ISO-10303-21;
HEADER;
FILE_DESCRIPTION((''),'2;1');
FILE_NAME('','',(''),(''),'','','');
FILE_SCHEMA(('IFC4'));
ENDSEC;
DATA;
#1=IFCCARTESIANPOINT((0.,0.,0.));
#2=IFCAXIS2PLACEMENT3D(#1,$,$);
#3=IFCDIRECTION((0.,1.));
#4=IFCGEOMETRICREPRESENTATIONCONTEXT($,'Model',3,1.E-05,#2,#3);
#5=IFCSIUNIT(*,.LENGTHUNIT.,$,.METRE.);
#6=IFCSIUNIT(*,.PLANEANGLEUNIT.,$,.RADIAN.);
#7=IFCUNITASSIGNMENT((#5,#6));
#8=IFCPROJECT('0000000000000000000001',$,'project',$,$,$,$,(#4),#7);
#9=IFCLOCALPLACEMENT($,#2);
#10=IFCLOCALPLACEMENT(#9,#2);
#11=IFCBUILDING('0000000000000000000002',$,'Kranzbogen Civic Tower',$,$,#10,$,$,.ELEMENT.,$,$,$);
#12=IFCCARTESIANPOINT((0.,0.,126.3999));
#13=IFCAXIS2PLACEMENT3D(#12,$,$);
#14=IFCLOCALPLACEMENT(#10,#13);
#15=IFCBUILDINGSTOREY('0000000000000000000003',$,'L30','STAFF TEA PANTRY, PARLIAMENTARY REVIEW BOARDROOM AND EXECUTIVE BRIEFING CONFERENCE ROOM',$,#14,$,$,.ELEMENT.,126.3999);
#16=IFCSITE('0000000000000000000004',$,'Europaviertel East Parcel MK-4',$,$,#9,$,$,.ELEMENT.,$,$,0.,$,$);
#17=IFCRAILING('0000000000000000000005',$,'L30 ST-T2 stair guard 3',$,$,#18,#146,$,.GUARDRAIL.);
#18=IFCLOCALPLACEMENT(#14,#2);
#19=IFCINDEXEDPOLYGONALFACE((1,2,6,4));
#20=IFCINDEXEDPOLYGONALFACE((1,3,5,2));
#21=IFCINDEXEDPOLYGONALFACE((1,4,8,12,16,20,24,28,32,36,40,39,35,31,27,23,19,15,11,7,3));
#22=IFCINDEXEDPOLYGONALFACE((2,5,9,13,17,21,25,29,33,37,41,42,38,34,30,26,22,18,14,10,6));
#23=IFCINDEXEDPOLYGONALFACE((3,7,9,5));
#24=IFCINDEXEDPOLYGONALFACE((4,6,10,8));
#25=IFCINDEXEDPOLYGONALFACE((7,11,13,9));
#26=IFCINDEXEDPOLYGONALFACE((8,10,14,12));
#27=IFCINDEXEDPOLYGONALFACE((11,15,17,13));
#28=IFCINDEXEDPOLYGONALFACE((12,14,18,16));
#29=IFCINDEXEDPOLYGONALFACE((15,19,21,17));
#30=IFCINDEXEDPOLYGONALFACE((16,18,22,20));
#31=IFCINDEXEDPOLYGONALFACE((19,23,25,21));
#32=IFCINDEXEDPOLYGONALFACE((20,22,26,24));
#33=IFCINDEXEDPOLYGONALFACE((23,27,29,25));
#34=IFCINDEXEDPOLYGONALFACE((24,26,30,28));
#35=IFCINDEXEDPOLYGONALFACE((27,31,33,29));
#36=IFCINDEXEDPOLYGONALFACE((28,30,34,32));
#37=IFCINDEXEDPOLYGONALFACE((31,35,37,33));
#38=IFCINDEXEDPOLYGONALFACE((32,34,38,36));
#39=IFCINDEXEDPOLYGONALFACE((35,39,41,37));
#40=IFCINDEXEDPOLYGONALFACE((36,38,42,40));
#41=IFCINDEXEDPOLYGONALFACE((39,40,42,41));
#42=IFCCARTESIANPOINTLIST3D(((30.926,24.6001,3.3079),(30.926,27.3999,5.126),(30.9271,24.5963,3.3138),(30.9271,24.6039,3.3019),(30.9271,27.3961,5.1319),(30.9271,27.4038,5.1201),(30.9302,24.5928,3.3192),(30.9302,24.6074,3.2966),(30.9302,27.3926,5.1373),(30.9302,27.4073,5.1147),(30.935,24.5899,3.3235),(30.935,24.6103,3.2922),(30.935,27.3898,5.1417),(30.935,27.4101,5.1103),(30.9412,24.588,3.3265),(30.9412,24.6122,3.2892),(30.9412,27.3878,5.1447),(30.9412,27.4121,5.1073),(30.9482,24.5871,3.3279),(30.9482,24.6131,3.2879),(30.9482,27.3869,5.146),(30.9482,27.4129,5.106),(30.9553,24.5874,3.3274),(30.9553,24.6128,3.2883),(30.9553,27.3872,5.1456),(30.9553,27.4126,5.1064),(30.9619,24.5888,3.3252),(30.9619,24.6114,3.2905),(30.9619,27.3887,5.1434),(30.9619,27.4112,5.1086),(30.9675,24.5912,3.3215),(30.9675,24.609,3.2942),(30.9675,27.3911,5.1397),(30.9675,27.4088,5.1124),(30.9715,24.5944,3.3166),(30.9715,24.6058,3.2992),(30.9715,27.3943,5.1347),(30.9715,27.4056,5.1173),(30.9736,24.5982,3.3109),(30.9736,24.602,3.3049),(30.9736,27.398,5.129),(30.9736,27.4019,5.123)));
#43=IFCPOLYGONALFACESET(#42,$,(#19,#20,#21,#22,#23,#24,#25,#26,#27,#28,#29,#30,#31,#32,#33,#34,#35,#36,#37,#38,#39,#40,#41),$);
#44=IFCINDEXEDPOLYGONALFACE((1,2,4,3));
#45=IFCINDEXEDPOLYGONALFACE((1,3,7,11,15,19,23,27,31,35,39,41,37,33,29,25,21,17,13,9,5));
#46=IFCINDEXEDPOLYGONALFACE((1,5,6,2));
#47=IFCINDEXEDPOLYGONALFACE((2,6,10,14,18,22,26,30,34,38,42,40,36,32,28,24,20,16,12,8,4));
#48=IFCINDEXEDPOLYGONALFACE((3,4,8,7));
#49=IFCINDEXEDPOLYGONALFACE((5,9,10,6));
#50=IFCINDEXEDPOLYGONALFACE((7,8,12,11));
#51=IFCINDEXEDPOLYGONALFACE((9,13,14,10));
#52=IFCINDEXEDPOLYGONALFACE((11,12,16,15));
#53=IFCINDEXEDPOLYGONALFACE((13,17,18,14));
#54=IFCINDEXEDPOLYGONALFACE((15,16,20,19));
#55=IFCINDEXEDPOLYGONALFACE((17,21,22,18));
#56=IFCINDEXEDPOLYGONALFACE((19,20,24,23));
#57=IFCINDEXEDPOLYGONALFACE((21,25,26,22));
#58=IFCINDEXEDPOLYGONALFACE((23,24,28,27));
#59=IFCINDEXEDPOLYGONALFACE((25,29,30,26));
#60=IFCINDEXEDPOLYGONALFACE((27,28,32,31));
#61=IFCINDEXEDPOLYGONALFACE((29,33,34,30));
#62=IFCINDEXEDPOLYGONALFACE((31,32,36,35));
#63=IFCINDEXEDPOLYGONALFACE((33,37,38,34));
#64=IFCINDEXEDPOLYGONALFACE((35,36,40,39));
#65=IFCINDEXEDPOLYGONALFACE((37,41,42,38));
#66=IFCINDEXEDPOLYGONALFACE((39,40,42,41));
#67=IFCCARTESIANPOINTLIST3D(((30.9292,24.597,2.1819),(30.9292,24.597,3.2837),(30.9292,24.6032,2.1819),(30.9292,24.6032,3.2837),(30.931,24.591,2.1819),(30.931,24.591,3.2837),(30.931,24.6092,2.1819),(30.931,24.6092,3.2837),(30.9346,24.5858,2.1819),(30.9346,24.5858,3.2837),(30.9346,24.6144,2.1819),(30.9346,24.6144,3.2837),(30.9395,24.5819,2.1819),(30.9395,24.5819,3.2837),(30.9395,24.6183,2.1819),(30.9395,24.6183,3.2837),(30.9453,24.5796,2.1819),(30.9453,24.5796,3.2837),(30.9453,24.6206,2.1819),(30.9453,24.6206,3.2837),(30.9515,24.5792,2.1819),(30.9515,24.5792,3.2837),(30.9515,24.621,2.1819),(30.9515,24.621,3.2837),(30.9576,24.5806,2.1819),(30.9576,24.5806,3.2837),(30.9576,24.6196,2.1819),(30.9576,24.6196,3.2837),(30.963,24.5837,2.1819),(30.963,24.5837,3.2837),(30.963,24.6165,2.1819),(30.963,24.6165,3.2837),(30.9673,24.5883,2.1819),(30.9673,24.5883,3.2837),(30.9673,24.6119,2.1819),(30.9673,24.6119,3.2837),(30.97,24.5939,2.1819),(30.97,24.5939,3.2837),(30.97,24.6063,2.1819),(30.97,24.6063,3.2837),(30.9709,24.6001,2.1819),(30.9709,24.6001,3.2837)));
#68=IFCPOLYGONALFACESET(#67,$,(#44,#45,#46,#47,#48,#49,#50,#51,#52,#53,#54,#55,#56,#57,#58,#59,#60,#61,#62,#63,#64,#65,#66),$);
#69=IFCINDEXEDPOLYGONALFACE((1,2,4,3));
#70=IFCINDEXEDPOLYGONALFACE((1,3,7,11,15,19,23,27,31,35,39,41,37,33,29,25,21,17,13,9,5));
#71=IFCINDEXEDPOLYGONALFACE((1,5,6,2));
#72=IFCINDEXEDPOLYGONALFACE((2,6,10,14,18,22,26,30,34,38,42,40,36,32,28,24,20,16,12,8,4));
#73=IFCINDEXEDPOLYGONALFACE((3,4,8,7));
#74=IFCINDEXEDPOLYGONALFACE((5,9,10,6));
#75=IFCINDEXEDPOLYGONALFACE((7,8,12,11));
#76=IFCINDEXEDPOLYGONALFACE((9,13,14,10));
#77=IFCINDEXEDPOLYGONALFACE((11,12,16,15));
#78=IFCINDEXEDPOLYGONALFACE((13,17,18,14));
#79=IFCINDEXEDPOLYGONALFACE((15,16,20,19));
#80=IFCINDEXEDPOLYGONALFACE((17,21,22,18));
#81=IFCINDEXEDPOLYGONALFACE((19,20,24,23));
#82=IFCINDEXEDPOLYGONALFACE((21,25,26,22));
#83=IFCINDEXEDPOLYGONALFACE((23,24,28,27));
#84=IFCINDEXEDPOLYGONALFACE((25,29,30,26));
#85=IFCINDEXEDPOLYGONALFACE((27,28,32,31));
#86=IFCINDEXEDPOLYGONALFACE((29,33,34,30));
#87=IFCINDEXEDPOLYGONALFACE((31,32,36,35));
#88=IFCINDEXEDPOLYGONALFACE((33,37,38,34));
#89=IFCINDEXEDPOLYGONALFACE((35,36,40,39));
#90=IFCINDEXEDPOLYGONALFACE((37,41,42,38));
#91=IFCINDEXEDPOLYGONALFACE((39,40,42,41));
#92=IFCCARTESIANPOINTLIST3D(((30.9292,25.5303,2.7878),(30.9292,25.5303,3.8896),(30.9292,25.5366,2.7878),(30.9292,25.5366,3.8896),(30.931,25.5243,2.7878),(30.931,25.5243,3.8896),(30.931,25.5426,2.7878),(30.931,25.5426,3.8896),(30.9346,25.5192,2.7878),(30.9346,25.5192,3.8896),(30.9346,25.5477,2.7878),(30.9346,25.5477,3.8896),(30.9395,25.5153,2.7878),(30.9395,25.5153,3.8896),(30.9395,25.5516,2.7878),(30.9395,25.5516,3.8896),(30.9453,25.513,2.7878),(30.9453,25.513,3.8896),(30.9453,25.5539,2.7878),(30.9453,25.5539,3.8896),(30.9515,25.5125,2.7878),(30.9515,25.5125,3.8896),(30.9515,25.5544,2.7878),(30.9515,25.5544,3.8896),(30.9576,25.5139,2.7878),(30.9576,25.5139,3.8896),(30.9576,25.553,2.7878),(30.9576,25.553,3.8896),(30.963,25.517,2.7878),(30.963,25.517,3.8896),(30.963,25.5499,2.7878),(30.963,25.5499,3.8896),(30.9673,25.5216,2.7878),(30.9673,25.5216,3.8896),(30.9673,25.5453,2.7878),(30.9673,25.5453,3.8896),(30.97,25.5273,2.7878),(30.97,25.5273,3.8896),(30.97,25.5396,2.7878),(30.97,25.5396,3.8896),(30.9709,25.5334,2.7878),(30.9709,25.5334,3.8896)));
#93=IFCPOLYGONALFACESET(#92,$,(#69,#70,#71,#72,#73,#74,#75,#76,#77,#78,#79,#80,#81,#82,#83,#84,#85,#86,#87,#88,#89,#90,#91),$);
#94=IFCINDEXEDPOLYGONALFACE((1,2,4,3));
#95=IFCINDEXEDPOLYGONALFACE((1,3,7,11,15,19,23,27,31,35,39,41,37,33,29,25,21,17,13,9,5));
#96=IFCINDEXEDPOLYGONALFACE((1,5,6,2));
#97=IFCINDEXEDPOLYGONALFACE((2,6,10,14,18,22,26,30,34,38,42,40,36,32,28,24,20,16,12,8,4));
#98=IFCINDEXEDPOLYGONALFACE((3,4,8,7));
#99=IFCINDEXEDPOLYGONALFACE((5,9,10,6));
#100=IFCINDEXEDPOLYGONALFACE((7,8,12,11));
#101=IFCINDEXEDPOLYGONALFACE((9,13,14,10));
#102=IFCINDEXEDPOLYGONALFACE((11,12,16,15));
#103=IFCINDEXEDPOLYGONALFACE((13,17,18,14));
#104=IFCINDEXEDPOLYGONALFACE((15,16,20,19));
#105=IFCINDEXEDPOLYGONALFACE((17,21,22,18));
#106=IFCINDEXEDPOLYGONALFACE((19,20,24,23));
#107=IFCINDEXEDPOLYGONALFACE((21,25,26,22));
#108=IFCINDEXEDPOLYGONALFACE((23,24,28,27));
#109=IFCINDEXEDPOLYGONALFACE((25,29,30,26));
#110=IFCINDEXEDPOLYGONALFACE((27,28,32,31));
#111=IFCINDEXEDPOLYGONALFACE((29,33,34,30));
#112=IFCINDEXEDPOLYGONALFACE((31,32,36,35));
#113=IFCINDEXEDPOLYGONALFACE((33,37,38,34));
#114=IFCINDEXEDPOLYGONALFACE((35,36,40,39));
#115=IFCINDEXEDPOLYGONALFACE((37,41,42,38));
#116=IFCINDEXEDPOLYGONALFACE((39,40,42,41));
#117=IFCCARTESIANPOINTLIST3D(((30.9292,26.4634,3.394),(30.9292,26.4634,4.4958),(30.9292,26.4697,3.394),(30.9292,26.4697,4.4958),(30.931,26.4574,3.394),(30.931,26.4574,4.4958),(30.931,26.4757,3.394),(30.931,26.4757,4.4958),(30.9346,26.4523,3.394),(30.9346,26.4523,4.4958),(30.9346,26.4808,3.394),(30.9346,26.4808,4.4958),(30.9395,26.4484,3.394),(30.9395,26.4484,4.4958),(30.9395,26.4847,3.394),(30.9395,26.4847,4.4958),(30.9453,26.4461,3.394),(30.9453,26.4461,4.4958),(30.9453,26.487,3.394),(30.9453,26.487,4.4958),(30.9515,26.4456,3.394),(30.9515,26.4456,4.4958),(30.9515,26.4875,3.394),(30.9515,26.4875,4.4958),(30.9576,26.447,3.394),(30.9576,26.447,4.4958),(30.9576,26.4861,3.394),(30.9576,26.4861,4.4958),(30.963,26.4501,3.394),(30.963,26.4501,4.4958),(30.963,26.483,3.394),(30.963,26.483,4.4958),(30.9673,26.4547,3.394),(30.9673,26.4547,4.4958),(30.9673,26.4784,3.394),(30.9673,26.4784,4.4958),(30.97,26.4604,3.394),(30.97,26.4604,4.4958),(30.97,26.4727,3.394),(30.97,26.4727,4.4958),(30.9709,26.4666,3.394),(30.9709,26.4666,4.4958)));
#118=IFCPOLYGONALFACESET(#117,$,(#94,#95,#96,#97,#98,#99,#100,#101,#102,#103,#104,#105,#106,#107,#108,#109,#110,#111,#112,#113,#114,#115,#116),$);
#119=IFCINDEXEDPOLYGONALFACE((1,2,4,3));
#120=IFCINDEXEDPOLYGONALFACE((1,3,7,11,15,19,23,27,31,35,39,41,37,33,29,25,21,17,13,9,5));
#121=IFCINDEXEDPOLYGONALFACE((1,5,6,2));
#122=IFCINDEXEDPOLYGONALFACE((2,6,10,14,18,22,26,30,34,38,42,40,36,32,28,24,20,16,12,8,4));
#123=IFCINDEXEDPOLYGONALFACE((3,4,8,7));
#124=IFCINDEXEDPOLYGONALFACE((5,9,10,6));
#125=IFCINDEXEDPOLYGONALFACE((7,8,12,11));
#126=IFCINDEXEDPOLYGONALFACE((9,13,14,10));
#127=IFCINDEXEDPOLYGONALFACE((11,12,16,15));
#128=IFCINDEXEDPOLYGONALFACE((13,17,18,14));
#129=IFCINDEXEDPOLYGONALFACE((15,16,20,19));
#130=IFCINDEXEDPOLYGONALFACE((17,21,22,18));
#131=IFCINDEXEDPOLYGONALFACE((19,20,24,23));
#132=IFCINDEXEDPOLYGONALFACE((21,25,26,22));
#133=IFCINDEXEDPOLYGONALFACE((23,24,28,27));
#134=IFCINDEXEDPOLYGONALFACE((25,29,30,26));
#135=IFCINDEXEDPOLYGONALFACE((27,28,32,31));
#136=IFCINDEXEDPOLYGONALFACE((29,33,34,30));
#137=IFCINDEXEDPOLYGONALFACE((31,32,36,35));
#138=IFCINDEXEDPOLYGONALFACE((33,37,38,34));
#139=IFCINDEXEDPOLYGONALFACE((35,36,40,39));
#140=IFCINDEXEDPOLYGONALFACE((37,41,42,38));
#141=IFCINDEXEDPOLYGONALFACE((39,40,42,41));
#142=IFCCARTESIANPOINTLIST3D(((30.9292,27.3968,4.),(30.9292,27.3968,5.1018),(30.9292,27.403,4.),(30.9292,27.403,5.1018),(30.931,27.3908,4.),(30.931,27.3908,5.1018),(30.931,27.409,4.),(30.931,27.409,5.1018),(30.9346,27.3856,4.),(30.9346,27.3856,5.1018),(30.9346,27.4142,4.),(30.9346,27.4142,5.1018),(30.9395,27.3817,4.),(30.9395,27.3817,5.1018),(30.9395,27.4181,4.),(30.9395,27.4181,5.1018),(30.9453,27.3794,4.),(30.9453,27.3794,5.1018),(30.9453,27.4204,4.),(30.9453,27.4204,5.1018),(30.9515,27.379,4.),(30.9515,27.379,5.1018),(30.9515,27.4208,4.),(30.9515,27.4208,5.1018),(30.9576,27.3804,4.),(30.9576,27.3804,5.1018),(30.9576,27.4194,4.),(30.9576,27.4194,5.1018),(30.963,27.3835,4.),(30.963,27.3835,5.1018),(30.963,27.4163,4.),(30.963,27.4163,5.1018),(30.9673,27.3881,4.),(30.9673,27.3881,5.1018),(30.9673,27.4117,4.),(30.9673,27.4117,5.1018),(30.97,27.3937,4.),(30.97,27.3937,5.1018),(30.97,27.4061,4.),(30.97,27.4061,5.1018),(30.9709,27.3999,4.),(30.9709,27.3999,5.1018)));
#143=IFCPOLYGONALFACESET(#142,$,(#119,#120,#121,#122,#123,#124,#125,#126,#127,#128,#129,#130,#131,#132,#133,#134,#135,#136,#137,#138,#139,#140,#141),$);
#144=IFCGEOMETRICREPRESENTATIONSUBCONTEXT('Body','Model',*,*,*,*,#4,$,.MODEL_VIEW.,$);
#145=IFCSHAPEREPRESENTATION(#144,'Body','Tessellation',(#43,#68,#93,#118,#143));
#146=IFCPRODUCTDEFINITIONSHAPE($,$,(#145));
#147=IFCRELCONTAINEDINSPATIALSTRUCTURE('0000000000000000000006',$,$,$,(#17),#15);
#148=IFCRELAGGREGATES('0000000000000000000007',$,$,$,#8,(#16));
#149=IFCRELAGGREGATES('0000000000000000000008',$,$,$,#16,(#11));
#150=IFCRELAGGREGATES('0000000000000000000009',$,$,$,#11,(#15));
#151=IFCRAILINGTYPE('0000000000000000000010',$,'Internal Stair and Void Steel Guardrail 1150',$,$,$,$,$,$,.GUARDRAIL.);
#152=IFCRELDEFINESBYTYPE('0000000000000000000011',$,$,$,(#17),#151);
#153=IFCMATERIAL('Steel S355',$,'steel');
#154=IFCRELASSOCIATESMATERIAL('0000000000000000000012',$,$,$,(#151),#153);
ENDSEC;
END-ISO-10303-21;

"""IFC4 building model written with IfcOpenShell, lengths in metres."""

from ifc_helpers import new_model, si_unit, direction, frame, origin, origin_2d, place, context, subcontext, project, spatial, circle, extrude, material, type_object, element, save


model = new_model("IFC4")

# Units and contexts
model_context = context("Model", 3, precision=1e-05, world=origin(), true_north=direction((0.0, 1.0)))
body_context = subcontext(model_context, "Body", "Model", "MODEL_VIEW")
ifc_project = project(units=[si_unit("LENGTHUNIT", "METRE"), si_unit("PLANEANGLEUNIT", "RADIAN")], contexts=[model_context])

# Site, building, storey
site_placement = place(None, origin())
site = spatial("IfcSite", under=ifc_project, at=site_placement, Name="Europaviertel East Parcel MK-4", CompositionType="ELEMENT", RefElevation=0.0)
building_placement = place(site_placement, origin())
building = spatial("IfcBuilding", under=site, at=building_placement, Name="Kranzbogen Civic Tower", CompositionType="ELEMENT")
storey_placement = place(building_placement, frame((0.0, 0.0, 126.3999)))
storey = spatial("IfcBuildingStorey", under=building, at=storey_placement, Name="L30", Description="STAFF TEA PANTRY, PARLIAMENTARY REVIEW BOARDROOM AND EXECUTIVE BRIEFING CONFERENCE ROOM", CompositionType="ELEMENT", Elevation=126.3999)

# Shared definitions
ifc_material_1 = material(Name="Steel S355", Category="steel")

# Railing
railing_type = type_object("IfcRailingType", Name="Internal Stair and Void Steel Guardrail 1150", PredefinedType="GUARDRAIL", material=ifc_material_1)
railing_1_placement = place(storey_placement, frame((30.95, 24.6001, 2.1819)))
element("IfcRailing", 1, at=railing_1_placement, inside=storey, type_object=railing_type, Name="L30 ST-T2 stair guard 3", PredefinedType="GUARDRAIL", context=body_context, shape_type="SweptSolid", body=[
    extrude(circle(Radius=0.0239, at=origin_2d()), frame((0.0, 0.0, 1.126), z_axis=(0.0, 0.838684, 0.544618), x_axis=(-1.0, 0.0, 0.0)), (0.0, 0.0, 1.0), 3.3384),
    extrude(circle(Radius=0.021, at=origin_2d()), origin(), (0.0, 0.0, 1.0), 1.1018),
    extrude(circle(Radius=0.021, at=origin_2d()), frame((0.0, 0.9333, 0.606)), (0.0, 0.0, 1.0), 1.1018),
    extrude(circle(Radius=0.021, at=origin_2d()), frame((0.0, 1.8665, 1.2122)), (0.0, 0.0, 1.0), 1.1018),
    extrude(circle(Radius=0.021, at=origin_2d()), frame((0.0, 2.7998, 1.8181)), (0.0, 0.0, 1.0), 1.1018),
])

save(model, "model.ifc")
